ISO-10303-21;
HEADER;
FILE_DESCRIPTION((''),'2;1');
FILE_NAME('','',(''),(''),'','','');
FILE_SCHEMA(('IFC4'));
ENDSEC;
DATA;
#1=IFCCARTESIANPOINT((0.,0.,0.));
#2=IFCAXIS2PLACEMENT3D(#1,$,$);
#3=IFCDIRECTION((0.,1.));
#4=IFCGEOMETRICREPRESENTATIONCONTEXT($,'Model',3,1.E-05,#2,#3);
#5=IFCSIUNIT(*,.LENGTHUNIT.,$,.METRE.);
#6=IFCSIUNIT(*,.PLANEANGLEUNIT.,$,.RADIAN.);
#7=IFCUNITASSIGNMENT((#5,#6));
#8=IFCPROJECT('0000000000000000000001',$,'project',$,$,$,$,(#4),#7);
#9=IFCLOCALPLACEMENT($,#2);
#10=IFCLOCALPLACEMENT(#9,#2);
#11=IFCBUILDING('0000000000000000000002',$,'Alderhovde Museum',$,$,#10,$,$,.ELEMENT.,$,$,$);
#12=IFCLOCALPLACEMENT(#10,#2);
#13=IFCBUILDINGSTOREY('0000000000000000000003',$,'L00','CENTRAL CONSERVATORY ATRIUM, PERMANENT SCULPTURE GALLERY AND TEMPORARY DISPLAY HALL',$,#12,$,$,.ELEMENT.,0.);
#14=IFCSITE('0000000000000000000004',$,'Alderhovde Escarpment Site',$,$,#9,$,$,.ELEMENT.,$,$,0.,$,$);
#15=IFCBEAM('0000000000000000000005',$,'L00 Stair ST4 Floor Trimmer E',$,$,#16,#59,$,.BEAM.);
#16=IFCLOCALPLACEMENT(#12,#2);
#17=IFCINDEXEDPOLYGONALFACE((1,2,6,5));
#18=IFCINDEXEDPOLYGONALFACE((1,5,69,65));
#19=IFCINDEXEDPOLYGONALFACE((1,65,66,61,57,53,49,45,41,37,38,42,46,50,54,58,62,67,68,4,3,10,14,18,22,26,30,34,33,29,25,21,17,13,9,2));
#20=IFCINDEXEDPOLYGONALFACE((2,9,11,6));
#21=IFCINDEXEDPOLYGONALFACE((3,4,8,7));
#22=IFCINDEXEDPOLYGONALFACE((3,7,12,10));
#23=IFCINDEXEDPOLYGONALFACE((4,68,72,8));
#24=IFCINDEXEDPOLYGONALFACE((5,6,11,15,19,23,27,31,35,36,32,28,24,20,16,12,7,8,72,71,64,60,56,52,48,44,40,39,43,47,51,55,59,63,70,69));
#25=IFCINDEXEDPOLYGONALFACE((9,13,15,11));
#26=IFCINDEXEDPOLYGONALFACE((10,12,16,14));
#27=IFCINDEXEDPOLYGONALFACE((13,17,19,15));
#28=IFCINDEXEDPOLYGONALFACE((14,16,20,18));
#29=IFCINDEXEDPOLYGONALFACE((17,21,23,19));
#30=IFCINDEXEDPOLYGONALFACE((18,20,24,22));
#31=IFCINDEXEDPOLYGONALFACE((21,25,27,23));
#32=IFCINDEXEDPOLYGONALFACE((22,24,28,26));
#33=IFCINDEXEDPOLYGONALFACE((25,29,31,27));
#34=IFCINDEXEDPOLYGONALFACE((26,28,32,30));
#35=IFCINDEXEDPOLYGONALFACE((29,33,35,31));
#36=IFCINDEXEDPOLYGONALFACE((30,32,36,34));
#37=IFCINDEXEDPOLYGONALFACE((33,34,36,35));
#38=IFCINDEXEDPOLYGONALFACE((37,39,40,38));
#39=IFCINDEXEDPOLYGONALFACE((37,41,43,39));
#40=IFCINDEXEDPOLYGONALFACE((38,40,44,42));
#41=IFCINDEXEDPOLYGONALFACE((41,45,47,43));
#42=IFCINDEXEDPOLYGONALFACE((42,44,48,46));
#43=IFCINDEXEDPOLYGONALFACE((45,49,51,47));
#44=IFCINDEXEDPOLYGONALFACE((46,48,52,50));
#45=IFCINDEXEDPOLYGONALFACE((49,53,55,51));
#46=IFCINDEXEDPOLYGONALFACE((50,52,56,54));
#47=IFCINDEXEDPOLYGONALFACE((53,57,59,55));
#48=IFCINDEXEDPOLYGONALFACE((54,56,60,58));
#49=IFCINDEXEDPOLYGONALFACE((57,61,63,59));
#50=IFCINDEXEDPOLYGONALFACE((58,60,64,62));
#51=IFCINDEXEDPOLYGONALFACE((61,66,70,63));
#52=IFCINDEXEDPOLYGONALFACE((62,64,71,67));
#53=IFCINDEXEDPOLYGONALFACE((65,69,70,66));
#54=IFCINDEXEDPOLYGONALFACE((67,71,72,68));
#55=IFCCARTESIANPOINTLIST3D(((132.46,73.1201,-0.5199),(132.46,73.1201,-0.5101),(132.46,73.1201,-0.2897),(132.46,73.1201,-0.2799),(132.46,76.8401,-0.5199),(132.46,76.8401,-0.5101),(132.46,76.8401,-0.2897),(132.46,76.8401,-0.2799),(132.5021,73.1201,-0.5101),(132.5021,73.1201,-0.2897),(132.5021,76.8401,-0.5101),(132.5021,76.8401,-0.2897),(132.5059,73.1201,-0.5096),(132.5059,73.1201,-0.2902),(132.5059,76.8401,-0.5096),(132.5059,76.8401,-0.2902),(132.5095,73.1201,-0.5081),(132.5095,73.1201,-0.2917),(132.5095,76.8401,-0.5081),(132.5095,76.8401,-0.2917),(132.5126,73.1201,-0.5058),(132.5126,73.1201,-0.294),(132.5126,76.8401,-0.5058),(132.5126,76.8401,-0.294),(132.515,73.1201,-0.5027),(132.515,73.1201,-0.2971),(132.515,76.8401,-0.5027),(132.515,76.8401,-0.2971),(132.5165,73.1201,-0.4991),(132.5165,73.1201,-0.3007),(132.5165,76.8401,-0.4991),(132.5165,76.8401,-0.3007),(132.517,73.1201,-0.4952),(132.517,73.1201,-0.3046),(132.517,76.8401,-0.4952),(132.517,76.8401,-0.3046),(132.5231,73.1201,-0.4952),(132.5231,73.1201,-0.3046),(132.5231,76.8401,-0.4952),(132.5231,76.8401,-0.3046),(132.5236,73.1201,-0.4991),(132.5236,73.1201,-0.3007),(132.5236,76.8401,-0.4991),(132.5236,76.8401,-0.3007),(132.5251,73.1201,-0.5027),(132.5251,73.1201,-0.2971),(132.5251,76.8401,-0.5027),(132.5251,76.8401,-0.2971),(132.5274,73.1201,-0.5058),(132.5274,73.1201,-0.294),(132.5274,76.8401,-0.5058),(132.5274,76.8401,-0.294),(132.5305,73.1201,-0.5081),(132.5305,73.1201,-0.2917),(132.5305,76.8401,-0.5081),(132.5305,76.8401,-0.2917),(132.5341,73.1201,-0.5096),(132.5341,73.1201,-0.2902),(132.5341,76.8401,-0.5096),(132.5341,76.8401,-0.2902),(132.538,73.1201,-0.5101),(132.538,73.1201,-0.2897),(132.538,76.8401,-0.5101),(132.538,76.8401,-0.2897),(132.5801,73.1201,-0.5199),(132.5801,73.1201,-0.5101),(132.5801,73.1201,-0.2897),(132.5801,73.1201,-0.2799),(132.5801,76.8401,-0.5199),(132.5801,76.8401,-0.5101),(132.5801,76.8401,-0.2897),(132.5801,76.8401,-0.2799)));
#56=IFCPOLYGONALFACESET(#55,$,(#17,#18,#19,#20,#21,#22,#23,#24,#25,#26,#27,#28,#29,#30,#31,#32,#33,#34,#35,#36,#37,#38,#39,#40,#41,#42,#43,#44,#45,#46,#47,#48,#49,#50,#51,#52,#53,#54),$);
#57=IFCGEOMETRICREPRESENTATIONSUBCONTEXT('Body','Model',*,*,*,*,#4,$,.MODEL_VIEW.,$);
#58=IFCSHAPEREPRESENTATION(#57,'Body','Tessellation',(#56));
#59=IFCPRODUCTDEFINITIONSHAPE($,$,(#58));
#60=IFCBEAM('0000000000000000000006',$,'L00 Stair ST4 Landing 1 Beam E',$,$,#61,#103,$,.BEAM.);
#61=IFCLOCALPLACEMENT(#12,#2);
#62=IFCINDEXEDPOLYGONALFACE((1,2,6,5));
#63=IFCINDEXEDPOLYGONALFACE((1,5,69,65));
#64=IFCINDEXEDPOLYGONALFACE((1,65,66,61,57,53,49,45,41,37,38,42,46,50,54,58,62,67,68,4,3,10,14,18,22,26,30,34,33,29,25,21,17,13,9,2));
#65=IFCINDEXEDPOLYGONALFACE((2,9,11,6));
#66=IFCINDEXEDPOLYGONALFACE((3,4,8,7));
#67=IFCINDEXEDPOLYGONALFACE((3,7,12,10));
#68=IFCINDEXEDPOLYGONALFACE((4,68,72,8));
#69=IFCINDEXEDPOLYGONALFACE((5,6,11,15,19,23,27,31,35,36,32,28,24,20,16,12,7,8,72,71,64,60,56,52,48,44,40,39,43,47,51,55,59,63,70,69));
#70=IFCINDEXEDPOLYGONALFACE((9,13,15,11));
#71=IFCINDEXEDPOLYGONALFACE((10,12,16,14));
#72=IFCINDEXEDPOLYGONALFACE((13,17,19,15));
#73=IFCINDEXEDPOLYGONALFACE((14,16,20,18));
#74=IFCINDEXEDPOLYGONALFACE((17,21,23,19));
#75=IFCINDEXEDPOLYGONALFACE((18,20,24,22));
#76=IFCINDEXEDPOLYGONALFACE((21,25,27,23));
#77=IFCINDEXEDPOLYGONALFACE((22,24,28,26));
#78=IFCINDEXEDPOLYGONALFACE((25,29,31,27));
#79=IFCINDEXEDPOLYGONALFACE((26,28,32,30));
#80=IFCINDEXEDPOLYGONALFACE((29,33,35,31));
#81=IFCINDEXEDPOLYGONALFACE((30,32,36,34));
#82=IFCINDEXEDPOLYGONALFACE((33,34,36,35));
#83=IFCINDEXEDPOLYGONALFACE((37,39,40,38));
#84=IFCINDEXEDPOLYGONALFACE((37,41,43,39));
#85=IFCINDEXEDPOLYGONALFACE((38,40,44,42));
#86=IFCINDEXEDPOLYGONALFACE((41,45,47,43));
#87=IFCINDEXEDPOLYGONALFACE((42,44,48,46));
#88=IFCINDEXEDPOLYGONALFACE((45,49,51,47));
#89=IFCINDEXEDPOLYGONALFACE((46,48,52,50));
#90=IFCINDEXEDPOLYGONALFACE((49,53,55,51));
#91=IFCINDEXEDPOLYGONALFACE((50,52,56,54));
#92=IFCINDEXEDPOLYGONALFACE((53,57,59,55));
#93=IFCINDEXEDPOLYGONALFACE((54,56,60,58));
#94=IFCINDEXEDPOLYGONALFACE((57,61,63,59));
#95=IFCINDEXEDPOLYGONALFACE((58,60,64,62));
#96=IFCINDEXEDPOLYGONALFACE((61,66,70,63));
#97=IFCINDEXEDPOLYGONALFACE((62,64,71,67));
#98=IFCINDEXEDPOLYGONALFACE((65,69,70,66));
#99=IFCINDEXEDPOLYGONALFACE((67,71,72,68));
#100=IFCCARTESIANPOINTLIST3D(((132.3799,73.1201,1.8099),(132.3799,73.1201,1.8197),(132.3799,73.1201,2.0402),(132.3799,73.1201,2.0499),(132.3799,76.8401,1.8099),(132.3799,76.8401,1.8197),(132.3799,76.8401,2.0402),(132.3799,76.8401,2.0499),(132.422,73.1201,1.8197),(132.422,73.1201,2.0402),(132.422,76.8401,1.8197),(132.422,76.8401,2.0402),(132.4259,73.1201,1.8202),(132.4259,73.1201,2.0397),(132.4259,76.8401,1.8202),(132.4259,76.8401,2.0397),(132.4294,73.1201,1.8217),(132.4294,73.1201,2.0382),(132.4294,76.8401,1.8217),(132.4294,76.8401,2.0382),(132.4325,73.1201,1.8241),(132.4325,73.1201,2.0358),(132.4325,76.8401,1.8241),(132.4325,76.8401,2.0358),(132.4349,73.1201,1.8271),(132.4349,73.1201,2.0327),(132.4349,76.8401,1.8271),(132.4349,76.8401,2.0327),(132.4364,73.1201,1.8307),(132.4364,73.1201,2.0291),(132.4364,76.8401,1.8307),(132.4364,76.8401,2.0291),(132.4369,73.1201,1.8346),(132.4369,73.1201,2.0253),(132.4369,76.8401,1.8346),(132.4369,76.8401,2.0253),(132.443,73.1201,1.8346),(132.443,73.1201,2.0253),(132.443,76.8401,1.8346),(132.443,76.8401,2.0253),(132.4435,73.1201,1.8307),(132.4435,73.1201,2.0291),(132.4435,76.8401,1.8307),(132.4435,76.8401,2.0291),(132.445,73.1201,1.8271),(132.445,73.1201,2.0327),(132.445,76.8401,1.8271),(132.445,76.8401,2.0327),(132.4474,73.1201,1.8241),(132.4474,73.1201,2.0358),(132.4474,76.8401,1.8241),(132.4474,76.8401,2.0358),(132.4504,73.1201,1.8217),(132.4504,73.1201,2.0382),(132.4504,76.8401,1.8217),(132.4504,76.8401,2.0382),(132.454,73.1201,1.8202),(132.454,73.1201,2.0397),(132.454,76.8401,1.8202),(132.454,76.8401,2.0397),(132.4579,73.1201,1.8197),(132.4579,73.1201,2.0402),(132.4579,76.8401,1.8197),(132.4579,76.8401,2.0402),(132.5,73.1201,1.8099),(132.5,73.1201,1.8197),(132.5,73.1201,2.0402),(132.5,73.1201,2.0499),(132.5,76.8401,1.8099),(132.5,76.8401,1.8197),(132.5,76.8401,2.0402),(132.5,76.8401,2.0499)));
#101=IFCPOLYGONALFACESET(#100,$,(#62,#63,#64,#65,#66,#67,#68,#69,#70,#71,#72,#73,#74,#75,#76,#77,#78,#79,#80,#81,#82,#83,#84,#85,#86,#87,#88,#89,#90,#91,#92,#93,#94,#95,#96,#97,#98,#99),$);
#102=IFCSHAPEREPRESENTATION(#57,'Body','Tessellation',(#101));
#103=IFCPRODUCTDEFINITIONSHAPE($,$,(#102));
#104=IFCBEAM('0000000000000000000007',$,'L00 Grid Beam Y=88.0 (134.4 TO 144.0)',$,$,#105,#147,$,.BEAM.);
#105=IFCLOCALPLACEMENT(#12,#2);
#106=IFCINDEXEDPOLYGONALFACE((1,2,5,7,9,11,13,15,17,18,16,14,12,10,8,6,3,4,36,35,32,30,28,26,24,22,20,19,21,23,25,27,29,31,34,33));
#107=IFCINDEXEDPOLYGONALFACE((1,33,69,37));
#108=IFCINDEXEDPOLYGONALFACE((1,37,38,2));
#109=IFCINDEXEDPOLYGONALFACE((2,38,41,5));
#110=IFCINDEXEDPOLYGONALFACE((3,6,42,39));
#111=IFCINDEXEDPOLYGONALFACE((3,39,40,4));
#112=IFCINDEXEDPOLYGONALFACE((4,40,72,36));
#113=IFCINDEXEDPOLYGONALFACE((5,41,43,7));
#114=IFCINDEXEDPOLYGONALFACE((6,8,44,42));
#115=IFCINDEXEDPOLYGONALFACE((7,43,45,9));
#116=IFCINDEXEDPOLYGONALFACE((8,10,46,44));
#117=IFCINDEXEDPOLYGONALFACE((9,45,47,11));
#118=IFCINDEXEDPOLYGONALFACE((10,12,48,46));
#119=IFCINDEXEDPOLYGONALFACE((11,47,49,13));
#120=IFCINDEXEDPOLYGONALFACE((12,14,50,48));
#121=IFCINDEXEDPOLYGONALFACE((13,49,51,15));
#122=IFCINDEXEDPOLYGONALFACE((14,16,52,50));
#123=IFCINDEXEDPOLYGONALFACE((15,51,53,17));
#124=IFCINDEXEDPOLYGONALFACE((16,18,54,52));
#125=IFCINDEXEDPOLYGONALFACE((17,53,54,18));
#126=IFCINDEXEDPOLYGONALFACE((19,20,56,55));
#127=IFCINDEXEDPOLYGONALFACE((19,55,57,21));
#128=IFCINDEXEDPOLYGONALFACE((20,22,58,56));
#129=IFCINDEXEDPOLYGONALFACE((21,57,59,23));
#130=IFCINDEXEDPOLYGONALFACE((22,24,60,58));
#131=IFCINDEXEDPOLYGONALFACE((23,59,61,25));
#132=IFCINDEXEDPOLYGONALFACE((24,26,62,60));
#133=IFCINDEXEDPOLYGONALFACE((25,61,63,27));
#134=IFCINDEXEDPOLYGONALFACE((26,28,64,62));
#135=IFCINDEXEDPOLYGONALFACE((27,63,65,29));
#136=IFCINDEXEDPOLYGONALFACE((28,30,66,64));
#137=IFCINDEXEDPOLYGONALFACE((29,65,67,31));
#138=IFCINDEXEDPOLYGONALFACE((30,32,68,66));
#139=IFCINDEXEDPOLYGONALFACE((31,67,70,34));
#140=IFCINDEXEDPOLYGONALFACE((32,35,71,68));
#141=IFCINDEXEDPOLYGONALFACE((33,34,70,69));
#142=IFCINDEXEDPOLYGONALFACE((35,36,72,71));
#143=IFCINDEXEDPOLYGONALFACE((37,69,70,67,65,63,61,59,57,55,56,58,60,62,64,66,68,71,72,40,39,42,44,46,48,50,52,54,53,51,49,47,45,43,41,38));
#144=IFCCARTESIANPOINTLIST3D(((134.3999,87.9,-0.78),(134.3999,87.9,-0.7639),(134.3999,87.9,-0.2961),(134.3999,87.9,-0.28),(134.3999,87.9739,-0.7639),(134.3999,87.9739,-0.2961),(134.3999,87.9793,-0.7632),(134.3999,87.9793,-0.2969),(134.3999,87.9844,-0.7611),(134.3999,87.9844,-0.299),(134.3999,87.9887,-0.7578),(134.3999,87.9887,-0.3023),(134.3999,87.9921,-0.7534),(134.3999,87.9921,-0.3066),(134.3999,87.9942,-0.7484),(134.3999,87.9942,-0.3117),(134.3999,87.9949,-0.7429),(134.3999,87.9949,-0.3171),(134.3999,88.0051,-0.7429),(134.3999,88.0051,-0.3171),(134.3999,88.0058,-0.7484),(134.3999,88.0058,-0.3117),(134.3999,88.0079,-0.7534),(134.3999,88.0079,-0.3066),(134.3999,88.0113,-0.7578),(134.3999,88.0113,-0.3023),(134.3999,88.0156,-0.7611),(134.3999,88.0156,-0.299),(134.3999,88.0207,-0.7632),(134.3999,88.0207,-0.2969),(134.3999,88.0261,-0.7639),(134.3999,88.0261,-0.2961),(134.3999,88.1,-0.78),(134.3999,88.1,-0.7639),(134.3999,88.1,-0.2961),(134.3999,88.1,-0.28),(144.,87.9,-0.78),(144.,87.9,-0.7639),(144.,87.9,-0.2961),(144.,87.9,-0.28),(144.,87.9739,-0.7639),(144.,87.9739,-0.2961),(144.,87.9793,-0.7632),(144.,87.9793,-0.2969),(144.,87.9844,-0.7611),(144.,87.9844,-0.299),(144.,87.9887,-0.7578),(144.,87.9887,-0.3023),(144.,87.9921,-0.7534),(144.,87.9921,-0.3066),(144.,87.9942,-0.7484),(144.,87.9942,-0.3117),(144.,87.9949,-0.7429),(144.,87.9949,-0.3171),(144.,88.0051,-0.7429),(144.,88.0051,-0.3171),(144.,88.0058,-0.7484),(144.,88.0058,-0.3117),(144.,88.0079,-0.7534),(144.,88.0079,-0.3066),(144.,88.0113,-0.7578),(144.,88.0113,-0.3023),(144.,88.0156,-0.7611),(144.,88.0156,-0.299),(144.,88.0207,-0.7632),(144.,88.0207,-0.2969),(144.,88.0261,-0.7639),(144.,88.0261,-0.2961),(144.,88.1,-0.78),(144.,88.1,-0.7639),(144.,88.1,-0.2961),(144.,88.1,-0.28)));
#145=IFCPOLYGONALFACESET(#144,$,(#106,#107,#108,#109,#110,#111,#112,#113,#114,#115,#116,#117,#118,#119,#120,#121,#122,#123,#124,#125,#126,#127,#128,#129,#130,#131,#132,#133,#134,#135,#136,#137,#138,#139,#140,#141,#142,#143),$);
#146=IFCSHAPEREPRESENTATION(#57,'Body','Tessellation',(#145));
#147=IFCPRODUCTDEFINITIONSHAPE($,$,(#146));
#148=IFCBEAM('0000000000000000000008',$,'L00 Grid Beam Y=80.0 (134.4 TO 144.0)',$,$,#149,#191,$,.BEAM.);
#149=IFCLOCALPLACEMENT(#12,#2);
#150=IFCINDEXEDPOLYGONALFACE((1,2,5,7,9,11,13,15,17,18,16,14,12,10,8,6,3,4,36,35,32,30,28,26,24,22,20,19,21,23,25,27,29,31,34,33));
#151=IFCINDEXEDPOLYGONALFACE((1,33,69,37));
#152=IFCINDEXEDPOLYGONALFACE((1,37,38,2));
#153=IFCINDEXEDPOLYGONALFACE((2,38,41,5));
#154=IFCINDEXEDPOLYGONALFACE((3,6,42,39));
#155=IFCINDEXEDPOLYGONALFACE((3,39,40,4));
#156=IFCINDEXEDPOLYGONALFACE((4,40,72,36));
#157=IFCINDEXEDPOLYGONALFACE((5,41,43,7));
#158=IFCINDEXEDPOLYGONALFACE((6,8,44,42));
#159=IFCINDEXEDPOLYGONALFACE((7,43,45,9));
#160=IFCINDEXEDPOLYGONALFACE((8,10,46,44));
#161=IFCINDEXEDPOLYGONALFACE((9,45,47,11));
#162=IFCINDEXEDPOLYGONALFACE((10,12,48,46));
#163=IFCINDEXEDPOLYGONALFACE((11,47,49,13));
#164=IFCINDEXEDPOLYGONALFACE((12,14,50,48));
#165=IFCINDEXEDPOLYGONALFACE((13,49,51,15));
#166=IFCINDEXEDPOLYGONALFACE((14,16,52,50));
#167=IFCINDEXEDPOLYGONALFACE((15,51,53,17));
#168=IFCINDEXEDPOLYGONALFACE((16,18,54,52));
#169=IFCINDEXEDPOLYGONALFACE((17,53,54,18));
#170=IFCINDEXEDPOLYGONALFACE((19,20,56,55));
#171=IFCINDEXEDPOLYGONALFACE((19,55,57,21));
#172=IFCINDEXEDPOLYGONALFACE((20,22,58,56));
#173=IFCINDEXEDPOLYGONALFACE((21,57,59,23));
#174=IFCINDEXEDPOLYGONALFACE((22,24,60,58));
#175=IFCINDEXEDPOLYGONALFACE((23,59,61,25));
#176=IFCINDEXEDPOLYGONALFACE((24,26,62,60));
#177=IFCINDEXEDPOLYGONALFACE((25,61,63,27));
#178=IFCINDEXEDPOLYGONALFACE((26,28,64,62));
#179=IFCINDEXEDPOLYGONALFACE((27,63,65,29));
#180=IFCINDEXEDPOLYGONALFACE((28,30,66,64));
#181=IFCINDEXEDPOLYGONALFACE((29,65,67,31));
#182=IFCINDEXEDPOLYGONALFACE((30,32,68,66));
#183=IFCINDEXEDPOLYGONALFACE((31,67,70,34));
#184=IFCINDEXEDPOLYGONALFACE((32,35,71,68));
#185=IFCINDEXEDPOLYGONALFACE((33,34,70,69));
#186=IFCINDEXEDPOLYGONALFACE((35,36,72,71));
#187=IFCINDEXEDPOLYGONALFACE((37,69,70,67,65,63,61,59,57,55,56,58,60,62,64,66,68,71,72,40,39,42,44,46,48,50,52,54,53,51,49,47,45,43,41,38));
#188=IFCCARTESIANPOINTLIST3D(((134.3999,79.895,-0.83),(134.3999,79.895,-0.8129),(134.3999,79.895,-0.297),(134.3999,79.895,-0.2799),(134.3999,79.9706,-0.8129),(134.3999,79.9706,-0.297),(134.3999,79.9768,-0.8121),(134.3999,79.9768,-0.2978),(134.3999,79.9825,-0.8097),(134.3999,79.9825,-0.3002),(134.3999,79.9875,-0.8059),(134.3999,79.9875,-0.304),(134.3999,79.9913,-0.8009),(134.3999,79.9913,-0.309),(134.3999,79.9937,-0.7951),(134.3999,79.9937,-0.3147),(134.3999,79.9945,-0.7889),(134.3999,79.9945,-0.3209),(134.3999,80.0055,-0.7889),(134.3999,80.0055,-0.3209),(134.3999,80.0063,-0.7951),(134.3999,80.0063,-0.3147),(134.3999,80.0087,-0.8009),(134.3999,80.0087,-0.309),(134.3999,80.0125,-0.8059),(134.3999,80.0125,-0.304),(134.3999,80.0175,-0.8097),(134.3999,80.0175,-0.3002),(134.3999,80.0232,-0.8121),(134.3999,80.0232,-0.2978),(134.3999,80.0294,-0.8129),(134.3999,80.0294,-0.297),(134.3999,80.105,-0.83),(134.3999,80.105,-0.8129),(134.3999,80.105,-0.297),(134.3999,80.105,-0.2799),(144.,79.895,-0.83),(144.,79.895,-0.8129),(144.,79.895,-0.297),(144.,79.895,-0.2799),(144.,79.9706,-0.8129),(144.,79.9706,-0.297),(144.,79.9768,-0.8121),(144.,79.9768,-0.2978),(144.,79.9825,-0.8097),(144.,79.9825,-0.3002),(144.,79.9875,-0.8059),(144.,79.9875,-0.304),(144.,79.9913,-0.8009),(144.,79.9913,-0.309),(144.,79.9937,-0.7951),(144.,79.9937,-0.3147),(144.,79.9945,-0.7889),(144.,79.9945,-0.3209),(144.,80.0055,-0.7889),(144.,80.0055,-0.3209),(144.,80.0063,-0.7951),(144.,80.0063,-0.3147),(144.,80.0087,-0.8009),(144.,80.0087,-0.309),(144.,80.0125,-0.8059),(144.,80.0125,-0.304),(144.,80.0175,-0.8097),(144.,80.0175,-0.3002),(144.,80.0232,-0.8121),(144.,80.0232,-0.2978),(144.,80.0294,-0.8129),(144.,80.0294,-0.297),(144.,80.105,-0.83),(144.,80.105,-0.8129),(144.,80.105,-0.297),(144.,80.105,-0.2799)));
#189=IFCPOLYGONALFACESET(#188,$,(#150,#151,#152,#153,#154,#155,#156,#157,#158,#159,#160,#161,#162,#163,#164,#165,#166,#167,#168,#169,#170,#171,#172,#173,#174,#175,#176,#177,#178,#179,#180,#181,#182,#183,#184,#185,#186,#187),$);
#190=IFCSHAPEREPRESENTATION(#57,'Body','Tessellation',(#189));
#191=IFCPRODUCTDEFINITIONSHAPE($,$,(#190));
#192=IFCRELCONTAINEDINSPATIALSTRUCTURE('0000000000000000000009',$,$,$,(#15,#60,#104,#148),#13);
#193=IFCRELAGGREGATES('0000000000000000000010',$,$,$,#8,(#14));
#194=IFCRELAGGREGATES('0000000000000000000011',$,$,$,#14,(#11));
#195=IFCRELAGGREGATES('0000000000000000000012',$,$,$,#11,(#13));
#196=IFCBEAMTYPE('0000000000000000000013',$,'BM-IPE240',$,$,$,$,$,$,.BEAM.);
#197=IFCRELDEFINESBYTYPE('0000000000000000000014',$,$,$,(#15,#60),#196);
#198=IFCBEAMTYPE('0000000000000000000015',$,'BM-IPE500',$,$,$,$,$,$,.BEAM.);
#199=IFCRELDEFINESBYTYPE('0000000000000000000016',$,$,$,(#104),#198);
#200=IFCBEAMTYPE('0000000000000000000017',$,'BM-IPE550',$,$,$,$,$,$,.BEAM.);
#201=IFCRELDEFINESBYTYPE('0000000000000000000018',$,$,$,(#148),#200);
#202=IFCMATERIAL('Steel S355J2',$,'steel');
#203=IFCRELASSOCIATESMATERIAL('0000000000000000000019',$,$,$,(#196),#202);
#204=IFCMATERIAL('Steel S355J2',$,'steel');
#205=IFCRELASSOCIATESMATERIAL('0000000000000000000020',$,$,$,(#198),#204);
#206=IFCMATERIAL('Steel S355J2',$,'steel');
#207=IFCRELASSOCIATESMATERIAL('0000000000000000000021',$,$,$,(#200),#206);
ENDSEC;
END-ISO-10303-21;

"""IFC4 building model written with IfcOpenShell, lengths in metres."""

from ifc_helpers import new_model, si_unit, direction, frame, origin, origin_2d, place, context, subcontext, project, spatial, i_section, extrude, material, material_profile, profile_set, type_object, element, save


model = new_model("IFC4")

# Units and contexts
model_context = context("Model", 3, precision=1e-05, world=origin(), true_north=direction((0.0, 1.0)))
body_context = subcontext(model_context, "Body", "Model", "MODEL_VIEW")
ifc_project = project(units=[si_unit("LENGTHUNIT", "METRE"), si_unit("PLANEANGLEUNIT", "RADIAN")], contexts=[model_context])

# Site, building, storey
site_placement = place(None, origin())
site = spatial("IfcSite", under=ifc_project, at=site_placement, Name="Alderhovde Escarpment Site", CompositionType="ELEMENT", RefElevation=0.0)
building_placement = place(site_placement, origin())
building = spatial("IfcBuilding", under=site, at=building_placement, Name="Alderhovde Museum", CompositionType="ELEMENT")
storey_placement = place(building_placement, origin())
storey = spatial("IfcBuildingStorey", under=building, at=storey_placement, Name="L00", Description="CENTRAL CONSERVATORY ATRIUM, PERMANENT SCULPTURE GALLERY AND TEMPORARY DISPLAY HALL", CompositionType="ELEMENT", Elevation=0.0)

# Beams
ifc_material_1 = material(Name="Steel S355J2", Category="steel")
ifc_material_profile_1 = material_profile(ifc_material_1, i_section(OverallWidth=0.1201, OverallDepth=0.24, WebThickness=0.0061, FlangeThickness=0.0098, FilletRadius=0.0149, at=origin_2d()), Name="IPE 240")
ifc_profile_set_1 = profile_set([ifc_material_profile_1], Name="Steel S355J2")
beam_type_1 = type_object("IfcBeamType", Name="BM-IPE240", PredefinedType="BEAM", material=ifc_profile_set_1)
for number, where, z_axis, x_axis, name in (
    (1, (132.52, 73.1201, -0.3999), (0.0, 1.0, 0.0), (-1.0, 0.0, 0.0), "L00 Stair ST4 Floor Trimmer E"),
    (2, (132.4399, 73.1201, 1.9299), (0.0, 1.0, 0.0), (-1.0, 0.0, 0.0), "L00 Stair ST4 Landing 1 Beam E"),
):
    element("IfcBeam", number, at=place(storey_placement, frame(where, z_axis=z_axis, x_axis=x_axis)), inside=storey, type_object=beam_type_1, Name=name, PredefinedType="BEAM", context=body_context, shape_type="SweptSolid", body=[
        extrude(i_section(OverallWidth=0.1201, OverallDepth=0.24, WebThickness=0.0061, FlangeThickness=0.0098, FilletRadius=0.0149, at=origin_2d()), origin(), (0.0, 0.0, 1.0), 3.72),
    ])
ifc_material_2 = material(Name="Steel S355J2", Category="steel")
ifc_material_profile_2 = material_profile(ifc_material_2, i_section(OverallWidth=0.2, OverallDepth=0.5, WebThickness=0.0103, FlangeThickness=0.0161, FilletRadius=0.021, at=origin_2d()), Name="IPE 500")
ifc_profile_set_2 = profile_set([ifc_material_profile_2], Name="Steel S355J2")
beam_type_2 = type_object("IfcBeamType", Name="BM-IPE500", PredefinedType="BEAM", material=ifc_profile_set_2)
beam_1_placement = place(storey_placement, frame((134.3999, 88.0, -0.53), z_axis=(1.0, 0.0, 0.0), x_axis=(0.0, 1.0, 0.0)))
element("IfcBeam", 3, at=beam_1_placement, inside=storey, type_object=beam_type_2, Name="L00 Grid Beam Y=88.0 (134.4 TO 144.0)", PredefinedType="BEAM", context=body_context, shape_type="SweptSolid", body=[
    extrude(i_section(OverallWidth=0.2, OverallDepth=0.5, WebThickness=0.0103, FlangeThickness=0.0161, FilletRadius=0.021, at=origin_2d()), origin(), (0.0, 0.0, 1.0), 9.6001),
])
ifc_material_3 = material(Name="Steel S355J2", Category="steel")
ifc_material_profile_3 = material_profile(ifc_material_3, i_section(OverallWidth=0.21, OverallDepth=0.55, WebThickness=0.011, FlangeThickness=0.0171, FilletRadius=0.0239, at=origin_2d()), Name="IPE 550")
ifc_profile_set_3 = profile_set([ifc_material_profile_3], Name="Steel S355J2")
beam_type_3 = type_object("IfcBeamType", Name="BM-IPE550", PredefinedType="BEAM", material=ifc_profile_set_3)
beam_2_placement = place(storey_placement, frame((134.3999, 80.0, -0.5549), z_axis=(1.0, 0.0, 0.0), x_axis=(0.0, 1.0, 0.0)))
element("IfcBeam", 4, at=beam_2_placement, inside=storey, type_object=beam_type_3, Name="L00 Grid Beam Y=80.0 (134.4 TO 144.0)", PredefinedType="BEAM", context=body_context, shape_type="SweptSolid", body=[
    extrude(i_section(OverallWidth=0.21, OverallDepth=0.55, WebThickness=0.011, FlangeThickness=0.0171, FilletRadius=0.0239, at=origin_2d()), origin(), (0.0, 0.0, 1.0), 9.6001),
])

save(model, "model.ifc")
